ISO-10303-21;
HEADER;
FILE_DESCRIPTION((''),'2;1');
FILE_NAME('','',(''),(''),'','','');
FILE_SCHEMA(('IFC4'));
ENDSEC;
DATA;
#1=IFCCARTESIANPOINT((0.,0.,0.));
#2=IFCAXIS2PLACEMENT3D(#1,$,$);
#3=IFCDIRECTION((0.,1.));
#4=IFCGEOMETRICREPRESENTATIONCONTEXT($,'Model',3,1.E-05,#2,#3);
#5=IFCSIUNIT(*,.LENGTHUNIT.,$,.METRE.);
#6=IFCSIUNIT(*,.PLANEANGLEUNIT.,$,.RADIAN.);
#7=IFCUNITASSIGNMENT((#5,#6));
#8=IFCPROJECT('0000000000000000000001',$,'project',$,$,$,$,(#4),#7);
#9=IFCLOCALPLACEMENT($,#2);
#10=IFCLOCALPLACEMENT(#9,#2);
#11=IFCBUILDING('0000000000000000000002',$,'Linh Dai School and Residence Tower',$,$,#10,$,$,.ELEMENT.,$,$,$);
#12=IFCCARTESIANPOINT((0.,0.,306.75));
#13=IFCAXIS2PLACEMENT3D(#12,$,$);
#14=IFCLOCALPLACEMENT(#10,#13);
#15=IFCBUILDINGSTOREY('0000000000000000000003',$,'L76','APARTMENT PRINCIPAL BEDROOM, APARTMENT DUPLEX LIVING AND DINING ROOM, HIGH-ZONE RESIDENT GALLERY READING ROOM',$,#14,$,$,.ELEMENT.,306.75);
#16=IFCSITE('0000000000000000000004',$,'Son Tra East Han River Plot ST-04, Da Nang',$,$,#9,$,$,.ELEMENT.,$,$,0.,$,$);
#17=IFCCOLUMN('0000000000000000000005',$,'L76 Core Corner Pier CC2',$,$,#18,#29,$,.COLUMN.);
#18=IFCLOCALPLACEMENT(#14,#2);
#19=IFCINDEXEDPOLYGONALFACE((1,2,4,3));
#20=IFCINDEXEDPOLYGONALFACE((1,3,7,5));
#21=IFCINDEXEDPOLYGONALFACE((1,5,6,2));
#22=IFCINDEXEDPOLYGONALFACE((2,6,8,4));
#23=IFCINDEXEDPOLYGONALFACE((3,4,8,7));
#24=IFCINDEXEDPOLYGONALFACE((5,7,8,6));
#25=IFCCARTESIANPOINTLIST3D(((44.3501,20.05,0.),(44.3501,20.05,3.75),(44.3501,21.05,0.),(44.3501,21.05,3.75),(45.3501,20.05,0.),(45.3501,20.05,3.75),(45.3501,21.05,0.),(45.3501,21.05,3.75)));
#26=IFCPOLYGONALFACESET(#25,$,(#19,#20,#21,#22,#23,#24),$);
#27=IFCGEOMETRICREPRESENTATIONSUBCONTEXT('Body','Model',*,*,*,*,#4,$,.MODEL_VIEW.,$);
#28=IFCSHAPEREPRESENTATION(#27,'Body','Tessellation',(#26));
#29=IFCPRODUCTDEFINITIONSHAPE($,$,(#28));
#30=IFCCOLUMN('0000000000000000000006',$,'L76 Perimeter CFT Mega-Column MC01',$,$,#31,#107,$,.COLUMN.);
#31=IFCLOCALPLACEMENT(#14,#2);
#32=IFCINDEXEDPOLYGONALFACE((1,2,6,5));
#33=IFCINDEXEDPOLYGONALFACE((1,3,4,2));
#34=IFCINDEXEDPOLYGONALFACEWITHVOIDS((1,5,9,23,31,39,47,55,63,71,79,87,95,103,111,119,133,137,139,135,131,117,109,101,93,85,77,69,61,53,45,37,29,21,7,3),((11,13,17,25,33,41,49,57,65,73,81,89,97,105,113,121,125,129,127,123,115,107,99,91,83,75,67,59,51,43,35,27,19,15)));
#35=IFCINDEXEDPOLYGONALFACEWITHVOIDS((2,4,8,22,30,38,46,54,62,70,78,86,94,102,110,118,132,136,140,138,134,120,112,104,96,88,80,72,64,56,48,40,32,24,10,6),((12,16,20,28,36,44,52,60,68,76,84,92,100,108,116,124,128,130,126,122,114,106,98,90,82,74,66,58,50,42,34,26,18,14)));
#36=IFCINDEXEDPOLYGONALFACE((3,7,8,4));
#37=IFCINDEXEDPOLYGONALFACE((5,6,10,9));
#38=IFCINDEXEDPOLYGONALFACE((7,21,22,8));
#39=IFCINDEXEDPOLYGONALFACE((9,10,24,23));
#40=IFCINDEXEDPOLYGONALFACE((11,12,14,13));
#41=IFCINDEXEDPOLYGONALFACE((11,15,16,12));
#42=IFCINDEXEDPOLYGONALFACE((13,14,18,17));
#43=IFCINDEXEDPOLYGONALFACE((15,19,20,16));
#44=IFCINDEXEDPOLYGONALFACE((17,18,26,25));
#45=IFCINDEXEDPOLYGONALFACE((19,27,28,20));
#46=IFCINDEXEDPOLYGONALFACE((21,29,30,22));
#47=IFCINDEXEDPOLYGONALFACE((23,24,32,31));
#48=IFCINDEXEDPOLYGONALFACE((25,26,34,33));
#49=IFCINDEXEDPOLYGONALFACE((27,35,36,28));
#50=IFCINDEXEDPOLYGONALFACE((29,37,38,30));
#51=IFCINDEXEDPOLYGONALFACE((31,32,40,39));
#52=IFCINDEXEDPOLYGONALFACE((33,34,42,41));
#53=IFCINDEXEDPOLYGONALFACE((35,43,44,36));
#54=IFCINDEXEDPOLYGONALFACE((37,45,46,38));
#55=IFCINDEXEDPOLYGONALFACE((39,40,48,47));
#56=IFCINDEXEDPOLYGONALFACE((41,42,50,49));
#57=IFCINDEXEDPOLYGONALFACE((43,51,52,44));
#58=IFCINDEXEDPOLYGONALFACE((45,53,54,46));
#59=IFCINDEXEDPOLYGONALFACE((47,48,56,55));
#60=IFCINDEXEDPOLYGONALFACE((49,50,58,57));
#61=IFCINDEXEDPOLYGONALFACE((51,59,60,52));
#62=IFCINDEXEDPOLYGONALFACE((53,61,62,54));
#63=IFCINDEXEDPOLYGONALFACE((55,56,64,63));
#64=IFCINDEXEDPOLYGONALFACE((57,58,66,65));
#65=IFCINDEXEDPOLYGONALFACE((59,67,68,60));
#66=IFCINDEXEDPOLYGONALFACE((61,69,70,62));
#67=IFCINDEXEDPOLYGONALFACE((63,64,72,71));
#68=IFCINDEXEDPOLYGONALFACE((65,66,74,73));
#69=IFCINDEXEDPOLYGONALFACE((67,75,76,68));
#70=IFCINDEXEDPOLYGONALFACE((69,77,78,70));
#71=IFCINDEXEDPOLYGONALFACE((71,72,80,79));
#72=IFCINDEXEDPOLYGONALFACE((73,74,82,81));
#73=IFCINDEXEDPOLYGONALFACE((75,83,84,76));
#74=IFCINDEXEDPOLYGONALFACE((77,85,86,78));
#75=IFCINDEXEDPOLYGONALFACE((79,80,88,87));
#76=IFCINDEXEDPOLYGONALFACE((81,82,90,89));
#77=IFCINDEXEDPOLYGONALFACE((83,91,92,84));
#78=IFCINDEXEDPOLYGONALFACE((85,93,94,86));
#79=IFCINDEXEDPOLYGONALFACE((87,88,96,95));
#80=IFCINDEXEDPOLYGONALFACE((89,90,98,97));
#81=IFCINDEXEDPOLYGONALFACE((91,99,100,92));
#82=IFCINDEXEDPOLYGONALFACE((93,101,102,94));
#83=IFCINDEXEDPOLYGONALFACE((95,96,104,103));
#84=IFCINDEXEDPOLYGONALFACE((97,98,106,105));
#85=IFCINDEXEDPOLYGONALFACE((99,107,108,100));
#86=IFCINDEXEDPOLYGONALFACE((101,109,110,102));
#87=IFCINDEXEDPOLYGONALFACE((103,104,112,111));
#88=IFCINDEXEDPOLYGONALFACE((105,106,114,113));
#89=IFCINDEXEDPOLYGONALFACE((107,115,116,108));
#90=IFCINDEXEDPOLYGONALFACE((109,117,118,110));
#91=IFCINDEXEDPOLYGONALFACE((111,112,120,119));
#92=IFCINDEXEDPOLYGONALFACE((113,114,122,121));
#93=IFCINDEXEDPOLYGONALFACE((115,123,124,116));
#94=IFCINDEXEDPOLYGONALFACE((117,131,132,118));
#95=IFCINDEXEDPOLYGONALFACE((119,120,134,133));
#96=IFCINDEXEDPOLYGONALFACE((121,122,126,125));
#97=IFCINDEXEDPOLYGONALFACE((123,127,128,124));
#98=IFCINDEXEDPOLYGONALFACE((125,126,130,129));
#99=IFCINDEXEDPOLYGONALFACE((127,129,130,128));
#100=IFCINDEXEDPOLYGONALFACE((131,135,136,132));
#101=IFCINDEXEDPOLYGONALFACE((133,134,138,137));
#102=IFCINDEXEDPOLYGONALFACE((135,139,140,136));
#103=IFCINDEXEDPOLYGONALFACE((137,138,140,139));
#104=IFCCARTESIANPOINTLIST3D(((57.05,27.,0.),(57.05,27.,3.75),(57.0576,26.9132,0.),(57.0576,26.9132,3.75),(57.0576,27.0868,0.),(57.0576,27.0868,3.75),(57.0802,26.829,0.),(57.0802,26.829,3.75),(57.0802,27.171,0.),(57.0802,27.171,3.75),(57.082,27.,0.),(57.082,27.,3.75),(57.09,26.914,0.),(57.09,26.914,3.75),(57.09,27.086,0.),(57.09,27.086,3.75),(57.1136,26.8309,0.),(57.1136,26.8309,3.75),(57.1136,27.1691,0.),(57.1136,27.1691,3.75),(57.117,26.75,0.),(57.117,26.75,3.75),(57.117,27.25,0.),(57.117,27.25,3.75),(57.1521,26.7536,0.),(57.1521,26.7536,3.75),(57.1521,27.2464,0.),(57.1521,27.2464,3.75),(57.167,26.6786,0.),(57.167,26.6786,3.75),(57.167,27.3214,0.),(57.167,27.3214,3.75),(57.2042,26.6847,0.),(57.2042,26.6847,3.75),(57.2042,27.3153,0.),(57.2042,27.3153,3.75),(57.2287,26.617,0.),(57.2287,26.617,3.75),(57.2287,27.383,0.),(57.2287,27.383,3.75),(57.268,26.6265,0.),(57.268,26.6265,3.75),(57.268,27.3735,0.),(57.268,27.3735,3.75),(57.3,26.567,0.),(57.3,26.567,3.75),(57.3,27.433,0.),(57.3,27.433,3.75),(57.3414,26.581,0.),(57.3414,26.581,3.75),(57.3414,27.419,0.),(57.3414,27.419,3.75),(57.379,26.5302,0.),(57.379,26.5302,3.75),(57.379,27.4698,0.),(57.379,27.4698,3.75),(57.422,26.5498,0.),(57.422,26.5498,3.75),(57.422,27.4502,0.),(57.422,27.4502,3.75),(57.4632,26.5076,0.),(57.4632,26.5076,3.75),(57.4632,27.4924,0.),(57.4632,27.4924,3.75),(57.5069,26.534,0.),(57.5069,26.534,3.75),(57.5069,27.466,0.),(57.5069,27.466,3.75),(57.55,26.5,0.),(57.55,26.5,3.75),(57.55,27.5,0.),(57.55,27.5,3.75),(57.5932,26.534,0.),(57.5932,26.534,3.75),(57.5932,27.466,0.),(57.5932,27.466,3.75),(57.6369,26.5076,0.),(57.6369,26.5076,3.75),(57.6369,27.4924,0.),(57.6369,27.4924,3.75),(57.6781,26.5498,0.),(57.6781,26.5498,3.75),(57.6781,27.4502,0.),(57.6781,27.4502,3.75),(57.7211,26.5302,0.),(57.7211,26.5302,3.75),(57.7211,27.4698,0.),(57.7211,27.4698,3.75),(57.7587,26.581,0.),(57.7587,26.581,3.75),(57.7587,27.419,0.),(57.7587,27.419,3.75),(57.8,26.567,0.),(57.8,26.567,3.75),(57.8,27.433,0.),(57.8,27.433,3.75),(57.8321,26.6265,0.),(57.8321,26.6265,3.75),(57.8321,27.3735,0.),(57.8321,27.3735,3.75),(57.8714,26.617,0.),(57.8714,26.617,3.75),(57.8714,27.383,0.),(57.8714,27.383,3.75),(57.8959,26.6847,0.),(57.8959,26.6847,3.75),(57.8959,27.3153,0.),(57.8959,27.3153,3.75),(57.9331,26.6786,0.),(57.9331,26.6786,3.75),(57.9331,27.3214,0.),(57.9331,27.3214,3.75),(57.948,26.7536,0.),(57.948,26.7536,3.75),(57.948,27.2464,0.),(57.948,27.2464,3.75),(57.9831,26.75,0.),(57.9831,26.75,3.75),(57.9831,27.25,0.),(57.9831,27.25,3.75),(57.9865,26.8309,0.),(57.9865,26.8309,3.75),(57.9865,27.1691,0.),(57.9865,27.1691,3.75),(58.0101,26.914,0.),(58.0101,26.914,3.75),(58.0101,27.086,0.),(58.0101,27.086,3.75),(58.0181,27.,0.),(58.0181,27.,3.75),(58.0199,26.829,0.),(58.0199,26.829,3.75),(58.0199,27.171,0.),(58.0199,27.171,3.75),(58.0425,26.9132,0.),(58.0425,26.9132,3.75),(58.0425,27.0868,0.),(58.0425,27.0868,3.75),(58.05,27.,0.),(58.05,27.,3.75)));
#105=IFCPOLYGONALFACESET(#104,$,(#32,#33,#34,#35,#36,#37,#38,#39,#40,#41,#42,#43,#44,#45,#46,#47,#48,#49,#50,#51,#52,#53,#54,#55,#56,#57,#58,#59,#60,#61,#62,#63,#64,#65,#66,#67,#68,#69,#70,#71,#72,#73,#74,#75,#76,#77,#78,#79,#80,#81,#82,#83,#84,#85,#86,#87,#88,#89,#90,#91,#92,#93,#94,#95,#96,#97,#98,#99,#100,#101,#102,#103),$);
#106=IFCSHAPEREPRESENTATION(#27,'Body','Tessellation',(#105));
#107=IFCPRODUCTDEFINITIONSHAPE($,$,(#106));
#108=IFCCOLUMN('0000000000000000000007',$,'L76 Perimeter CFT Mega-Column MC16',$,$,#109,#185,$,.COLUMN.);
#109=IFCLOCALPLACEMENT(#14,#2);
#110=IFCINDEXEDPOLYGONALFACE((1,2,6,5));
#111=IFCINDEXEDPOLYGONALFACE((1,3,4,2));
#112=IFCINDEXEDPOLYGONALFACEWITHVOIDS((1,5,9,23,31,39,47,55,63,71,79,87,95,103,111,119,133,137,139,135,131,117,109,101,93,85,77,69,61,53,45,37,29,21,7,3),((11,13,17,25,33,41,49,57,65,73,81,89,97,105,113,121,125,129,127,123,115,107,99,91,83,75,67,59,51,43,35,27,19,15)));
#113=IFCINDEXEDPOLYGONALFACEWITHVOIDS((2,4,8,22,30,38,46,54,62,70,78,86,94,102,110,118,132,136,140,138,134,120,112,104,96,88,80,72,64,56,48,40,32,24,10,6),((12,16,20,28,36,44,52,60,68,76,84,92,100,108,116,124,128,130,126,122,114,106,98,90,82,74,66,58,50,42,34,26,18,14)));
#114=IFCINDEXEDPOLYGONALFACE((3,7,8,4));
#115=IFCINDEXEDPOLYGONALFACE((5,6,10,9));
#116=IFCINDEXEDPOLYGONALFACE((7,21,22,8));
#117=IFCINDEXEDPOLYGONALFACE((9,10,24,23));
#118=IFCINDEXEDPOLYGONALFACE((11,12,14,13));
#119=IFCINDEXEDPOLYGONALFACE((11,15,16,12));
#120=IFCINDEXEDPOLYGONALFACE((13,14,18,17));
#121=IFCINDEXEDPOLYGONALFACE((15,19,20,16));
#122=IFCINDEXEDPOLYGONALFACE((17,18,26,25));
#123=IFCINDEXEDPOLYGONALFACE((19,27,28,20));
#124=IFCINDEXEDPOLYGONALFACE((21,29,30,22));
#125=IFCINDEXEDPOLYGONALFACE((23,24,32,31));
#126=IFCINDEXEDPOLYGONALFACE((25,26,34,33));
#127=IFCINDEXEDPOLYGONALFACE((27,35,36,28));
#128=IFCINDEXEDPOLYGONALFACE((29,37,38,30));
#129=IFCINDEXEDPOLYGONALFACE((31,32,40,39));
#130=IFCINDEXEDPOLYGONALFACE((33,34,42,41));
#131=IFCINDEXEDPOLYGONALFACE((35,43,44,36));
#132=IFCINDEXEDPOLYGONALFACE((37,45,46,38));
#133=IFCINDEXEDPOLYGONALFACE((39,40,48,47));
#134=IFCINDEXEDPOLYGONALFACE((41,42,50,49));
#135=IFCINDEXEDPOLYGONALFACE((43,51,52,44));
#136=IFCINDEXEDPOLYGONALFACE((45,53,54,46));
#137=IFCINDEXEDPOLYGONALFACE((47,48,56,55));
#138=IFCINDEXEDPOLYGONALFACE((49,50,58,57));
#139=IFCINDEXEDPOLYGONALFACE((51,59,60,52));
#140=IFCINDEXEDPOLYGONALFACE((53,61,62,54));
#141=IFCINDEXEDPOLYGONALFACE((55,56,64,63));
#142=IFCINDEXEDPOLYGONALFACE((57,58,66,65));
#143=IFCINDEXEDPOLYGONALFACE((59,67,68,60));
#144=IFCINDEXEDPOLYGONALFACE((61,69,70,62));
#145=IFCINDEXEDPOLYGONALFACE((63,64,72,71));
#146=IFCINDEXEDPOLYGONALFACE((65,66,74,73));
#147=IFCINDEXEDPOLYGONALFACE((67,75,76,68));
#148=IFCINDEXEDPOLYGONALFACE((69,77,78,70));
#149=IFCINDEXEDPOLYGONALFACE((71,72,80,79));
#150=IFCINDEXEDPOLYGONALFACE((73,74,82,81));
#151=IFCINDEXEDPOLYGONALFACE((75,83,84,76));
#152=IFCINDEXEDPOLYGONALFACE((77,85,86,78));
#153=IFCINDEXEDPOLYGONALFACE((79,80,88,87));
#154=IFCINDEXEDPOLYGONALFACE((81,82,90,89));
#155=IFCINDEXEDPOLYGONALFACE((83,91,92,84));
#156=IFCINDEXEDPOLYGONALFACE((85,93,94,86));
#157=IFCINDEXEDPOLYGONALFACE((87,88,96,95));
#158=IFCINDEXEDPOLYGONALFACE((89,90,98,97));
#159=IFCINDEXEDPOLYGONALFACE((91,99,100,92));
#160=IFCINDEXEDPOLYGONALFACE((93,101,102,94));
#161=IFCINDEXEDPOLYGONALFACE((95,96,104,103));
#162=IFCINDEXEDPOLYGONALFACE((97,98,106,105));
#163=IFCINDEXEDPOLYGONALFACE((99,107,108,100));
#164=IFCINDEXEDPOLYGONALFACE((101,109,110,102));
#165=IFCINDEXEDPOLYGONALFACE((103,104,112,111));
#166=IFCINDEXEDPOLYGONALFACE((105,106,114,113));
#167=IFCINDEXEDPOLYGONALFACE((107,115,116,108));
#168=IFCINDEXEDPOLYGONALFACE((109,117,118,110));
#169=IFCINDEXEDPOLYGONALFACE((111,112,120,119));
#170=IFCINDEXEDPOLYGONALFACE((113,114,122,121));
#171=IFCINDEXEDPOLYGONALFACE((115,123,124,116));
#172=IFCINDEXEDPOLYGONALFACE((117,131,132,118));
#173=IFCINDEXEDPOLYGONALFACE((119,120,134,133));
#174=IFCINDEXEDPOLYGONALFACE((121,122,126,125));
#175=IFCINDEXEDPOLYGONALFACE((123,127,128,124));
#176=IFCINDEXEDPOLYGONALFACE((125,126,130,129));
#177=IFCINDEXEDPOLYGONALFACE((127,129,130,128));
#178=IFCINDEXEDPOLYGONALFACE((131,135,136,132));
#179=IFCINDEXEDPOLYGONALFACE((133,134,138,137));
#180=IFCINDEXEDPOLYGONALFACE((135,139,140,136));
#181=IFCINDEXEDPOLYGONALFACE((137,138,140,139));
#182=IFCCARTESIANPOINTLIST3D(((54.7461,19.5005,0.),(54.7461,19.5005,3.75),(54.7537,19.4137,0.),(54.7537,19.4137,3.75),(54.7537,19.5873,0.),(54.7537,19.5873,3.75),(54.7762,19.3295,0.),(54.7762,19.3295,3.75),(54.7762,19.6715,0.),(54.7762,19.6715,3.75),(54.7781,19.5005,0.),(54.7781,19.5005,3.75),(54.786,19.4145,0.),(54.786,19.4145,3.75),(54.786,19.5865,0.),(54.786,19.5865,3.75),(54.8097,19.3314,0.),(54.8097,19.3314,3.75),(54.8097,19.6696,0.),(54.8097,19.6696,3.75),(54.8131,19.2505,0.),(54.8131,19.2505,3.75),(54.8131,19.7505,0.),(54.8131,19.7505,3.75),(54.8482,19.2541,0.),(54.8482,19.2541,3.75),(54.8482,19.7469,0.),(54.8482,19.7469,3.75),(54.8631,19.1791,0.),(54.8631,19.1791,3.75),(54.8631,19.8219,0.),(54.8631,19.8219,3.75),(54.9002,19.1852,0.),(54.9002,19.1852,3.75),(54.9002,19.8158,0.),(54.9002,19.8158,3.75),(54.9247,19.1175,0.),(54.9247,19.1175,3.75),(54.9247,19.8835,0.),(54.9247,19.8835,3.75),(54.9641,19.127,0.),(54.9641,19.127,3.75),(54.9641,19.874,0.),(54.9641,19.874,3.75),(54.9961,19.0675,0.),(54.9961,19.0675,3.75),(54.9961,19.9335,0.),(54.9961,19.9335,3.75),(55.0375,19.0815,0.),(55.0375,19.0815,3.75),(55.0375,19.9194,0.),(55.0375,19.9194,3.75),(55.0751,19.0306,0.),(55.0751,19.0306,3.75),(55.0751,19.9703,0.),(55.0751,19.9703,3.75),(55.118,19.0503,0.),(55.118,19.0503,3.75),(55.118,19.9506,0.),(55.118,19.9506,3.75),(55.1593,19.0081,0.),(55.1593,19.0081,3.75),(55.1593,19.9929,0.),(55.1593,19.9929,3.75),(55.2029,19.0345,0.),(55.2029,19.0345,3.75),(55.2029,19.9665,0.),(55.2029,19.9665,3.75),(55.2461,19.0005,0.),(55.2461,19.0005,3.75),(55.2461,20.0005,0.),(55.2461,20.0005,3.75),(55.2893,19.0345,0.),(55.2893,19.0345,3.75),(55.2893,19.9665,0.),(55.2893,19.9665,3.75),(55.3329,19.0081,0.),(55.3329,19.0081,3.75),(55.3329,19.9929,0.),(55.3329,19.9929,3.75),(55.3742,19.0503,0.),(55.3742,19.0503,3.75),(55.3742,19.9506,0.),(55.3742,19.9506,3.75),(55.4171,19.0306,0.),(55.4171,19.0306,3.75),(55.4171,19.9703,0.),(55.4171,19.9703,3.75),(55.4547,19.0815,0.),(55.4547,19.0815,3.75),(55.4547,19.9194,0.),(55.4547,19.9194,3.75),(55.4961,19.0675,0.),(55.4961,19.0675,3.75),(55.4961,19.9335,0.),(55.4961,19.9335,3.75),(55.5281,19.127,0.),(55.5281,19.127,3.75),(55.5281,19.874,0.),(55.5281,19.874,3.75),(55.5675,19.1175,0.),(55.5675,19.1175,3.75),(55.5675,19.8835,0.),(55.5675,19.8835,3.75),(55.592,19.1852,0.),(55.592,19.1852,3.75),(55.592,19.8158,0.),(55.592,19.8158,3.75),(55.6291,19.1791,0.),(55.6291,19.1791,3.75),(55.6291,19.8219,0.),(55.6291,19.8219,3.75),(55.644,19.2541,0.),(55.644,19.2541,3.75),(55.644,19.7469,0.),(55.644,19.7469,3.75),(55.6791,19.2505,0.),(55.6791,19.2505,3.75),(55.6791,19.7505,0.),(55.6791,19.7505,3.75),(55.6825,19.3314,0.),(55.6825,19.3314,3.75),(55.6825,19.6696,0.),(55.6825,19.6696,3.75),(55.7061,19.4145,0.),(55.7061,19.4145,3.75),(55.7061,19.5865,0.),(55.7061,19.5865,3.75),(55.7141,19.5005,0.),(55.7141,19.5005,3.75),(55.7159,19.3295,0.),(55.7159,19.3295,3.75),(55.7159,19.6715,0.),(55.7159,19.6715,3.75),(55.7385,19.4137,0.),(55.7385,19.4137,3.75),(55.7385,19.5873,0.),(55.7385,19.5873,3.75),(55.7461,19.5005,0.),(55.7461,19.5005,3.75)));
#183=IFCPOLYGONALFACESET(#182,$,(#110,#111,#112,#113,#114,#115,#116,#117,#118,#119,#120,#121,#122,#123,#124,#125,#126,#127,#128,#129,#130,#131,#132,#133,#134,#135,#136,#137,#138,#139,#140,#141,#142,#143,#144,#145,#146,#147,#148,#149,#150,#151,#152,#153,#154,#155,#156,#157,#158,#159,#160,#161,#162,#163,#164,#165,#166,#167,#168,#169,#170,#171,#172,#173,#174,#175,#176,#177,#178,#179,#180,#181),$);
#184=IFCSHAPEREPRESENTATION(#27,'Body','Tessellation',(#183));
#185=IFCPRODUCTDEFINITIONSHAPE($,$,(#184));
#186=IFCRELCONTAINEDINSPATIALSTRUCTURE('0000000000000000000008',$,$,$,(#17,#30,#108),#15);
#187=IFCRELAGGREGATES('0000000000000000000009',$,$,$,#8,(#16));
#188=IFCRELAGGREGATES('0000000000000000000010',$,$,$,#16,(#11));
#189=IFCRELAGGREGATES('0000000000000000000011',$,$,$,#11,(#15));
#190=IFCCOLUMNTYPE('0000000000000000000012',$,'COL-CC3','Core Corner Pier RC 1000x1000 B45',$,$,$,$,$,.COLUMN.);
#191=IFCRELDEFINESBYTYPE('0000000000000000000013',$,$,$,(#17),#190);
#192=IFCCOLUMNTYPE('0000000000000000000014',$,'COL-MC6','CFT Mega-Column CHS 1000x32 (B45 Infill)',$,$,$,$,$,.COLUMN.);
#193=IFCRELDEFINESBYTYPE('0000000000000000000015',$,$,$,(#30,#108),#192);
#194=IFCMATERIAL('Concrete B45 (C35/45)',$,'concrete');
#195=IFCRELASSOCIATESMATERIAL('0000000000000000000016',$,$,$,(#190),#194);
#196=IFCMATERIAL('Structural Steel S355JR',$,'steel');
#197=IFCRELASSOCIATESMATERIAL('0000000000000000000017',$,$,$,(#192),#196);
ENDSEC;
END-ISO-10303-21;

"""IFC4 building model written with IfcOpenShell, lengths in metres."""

from ifc_helpers import new_model, si_unit, direction, frame, origin, origin_2d, place, context, subcontext, project, spatial, rectangle, hollow_circle, extrude, material, material_profile, profile_set, type_object, element, save


model = new_model("IFC4")

# Units and contexts
model_context = context("Model", 3, precision=1e-05, world=origin(), true_north=direction((0.0, 1.0)))
body_context = subcontext(model_context, "Body", "Model", "MODEL_VIEW")
ifc_project = project(units=[si_unit("LENGTHUNIT", "METRE"), si_unit("PLANEANGLEUNIT", "RADIAN")], contexts=[model_context])

# Site, building, storey
site_placement = place(None, origin())
site = spatial("IfcSite", under=ifc_project, at=site_placement, Name="Son Tra East Han River Plot ST-04, Da Nang", CompositionType="ELEMENT", RefElevation=0.0)
building_placement = place(site_placement, origin())
building = spatial("IfcBuilding", under=site, at=building_placement, Name="Linh Dai School and Residence Tower", CompositionType="ELEMENT")
storey_placement = place(building_placement, frame((0.0, 0.0, 306.75)))
storey = spatial("IfcBuildingStorey", under=building, at=storey_placement, Name="L76", Description="APARTMENT PRINCIPAL BEDROOM, APARTMENT DUPLEX LIVING AND DINING ROOM, HIGH-ZONE RESIDENT GALLERY READING ROOM", CompositionType="ELEMENT", Elevation=306.75)

# Columns
ifc_material_1 = material(Name="Concrete B45 (C35/45)", Category="concrete")
ifc_material_profile_1 = material_profile(ifc_material_1, rectangle(XDim=1.0, YDim=1.0, at=origin_2d()), Name="RC 1000x1000")
ifc_profile_set_1 = profile_set([ifc_material_profile_1], Name="Concrete B45 (C35/45)")
column_type_1 = type_object("IfcColumnType", Name="COL-CC3", Description="Core Corner Pier RC 1000x1000 B45", PredefinedType="COLUMN", material=ifc_profile_set_1)
column_1_placement = place(storey_placement, frame((44.8501, 20.55, 0.0), z_axis=(0.0, 0.0, 1.0), x_axis=(1.0, 0.0, 0.0)))
element("IfcColumn", 1, at=column_1_placement, inside=storey, type_object=column_type_1, Name="L76 Core Corner Pier CC2", PredefinedType="COLUMN", context=body_context, shape_type="SweptSolid", body=[
    extrude(rectangle(XDim=1.0, YDim=1.0, at=origin_2d()), origin(), (0.0, 0.0, 1.0), 3.75),
])
ifc_material_2 = material(Name="Structural Steel S355JR", Category="steel")
ifc_material_profile_2 = material_profile(ifc_material_2, hollow_circle(Radius=0.5, WallThickness=0.032, at=origin_2d()), Name="CHS 1000x32")
ifc_profile_set_2 = profile_set([ifc_material_profile_2], Name="Structural Steel S355JR")
column_type_2 = type_object("IfcColumnType", Name="COL-MC6", Description="CFT Mega-Column CHS 1000x32 (B45 Infill)", PredefinedType="COLUMN", material=ifc_profile_set_2)
for number, where, z_axis, x_axis, name in (
    (2, (57.55, 27.0, 0.0), (0.0, 0.0, 1.0), (1.0, 0.0, 0.0), "L76 Perimeter CFT Mega-Column MC01"),
    (3, (55.2461, 19.5005, 0.0), (0.0, 0.0, 1.0), (1.0, 0.0, 0.0), "L76 Perimeter CFT Mega-Column MC16"),
):
    element("IfcColumn", number, at=place(storey_placement, frame(where, z_axis=z_axis, x_axis=x_axis)), inside=storey, type_object=column_type_2, Name=name, PredefinedType="COLUMN", context=body_context, shape_type="SweptSolid", body=[
        extrude(hollow_circle(Radius=0.5, WallThickness=0.032, at=origin_2d()), origin(), (0.0, 0.0, 1.0), 3.75),
    ])

save(model, "model.ifc")
